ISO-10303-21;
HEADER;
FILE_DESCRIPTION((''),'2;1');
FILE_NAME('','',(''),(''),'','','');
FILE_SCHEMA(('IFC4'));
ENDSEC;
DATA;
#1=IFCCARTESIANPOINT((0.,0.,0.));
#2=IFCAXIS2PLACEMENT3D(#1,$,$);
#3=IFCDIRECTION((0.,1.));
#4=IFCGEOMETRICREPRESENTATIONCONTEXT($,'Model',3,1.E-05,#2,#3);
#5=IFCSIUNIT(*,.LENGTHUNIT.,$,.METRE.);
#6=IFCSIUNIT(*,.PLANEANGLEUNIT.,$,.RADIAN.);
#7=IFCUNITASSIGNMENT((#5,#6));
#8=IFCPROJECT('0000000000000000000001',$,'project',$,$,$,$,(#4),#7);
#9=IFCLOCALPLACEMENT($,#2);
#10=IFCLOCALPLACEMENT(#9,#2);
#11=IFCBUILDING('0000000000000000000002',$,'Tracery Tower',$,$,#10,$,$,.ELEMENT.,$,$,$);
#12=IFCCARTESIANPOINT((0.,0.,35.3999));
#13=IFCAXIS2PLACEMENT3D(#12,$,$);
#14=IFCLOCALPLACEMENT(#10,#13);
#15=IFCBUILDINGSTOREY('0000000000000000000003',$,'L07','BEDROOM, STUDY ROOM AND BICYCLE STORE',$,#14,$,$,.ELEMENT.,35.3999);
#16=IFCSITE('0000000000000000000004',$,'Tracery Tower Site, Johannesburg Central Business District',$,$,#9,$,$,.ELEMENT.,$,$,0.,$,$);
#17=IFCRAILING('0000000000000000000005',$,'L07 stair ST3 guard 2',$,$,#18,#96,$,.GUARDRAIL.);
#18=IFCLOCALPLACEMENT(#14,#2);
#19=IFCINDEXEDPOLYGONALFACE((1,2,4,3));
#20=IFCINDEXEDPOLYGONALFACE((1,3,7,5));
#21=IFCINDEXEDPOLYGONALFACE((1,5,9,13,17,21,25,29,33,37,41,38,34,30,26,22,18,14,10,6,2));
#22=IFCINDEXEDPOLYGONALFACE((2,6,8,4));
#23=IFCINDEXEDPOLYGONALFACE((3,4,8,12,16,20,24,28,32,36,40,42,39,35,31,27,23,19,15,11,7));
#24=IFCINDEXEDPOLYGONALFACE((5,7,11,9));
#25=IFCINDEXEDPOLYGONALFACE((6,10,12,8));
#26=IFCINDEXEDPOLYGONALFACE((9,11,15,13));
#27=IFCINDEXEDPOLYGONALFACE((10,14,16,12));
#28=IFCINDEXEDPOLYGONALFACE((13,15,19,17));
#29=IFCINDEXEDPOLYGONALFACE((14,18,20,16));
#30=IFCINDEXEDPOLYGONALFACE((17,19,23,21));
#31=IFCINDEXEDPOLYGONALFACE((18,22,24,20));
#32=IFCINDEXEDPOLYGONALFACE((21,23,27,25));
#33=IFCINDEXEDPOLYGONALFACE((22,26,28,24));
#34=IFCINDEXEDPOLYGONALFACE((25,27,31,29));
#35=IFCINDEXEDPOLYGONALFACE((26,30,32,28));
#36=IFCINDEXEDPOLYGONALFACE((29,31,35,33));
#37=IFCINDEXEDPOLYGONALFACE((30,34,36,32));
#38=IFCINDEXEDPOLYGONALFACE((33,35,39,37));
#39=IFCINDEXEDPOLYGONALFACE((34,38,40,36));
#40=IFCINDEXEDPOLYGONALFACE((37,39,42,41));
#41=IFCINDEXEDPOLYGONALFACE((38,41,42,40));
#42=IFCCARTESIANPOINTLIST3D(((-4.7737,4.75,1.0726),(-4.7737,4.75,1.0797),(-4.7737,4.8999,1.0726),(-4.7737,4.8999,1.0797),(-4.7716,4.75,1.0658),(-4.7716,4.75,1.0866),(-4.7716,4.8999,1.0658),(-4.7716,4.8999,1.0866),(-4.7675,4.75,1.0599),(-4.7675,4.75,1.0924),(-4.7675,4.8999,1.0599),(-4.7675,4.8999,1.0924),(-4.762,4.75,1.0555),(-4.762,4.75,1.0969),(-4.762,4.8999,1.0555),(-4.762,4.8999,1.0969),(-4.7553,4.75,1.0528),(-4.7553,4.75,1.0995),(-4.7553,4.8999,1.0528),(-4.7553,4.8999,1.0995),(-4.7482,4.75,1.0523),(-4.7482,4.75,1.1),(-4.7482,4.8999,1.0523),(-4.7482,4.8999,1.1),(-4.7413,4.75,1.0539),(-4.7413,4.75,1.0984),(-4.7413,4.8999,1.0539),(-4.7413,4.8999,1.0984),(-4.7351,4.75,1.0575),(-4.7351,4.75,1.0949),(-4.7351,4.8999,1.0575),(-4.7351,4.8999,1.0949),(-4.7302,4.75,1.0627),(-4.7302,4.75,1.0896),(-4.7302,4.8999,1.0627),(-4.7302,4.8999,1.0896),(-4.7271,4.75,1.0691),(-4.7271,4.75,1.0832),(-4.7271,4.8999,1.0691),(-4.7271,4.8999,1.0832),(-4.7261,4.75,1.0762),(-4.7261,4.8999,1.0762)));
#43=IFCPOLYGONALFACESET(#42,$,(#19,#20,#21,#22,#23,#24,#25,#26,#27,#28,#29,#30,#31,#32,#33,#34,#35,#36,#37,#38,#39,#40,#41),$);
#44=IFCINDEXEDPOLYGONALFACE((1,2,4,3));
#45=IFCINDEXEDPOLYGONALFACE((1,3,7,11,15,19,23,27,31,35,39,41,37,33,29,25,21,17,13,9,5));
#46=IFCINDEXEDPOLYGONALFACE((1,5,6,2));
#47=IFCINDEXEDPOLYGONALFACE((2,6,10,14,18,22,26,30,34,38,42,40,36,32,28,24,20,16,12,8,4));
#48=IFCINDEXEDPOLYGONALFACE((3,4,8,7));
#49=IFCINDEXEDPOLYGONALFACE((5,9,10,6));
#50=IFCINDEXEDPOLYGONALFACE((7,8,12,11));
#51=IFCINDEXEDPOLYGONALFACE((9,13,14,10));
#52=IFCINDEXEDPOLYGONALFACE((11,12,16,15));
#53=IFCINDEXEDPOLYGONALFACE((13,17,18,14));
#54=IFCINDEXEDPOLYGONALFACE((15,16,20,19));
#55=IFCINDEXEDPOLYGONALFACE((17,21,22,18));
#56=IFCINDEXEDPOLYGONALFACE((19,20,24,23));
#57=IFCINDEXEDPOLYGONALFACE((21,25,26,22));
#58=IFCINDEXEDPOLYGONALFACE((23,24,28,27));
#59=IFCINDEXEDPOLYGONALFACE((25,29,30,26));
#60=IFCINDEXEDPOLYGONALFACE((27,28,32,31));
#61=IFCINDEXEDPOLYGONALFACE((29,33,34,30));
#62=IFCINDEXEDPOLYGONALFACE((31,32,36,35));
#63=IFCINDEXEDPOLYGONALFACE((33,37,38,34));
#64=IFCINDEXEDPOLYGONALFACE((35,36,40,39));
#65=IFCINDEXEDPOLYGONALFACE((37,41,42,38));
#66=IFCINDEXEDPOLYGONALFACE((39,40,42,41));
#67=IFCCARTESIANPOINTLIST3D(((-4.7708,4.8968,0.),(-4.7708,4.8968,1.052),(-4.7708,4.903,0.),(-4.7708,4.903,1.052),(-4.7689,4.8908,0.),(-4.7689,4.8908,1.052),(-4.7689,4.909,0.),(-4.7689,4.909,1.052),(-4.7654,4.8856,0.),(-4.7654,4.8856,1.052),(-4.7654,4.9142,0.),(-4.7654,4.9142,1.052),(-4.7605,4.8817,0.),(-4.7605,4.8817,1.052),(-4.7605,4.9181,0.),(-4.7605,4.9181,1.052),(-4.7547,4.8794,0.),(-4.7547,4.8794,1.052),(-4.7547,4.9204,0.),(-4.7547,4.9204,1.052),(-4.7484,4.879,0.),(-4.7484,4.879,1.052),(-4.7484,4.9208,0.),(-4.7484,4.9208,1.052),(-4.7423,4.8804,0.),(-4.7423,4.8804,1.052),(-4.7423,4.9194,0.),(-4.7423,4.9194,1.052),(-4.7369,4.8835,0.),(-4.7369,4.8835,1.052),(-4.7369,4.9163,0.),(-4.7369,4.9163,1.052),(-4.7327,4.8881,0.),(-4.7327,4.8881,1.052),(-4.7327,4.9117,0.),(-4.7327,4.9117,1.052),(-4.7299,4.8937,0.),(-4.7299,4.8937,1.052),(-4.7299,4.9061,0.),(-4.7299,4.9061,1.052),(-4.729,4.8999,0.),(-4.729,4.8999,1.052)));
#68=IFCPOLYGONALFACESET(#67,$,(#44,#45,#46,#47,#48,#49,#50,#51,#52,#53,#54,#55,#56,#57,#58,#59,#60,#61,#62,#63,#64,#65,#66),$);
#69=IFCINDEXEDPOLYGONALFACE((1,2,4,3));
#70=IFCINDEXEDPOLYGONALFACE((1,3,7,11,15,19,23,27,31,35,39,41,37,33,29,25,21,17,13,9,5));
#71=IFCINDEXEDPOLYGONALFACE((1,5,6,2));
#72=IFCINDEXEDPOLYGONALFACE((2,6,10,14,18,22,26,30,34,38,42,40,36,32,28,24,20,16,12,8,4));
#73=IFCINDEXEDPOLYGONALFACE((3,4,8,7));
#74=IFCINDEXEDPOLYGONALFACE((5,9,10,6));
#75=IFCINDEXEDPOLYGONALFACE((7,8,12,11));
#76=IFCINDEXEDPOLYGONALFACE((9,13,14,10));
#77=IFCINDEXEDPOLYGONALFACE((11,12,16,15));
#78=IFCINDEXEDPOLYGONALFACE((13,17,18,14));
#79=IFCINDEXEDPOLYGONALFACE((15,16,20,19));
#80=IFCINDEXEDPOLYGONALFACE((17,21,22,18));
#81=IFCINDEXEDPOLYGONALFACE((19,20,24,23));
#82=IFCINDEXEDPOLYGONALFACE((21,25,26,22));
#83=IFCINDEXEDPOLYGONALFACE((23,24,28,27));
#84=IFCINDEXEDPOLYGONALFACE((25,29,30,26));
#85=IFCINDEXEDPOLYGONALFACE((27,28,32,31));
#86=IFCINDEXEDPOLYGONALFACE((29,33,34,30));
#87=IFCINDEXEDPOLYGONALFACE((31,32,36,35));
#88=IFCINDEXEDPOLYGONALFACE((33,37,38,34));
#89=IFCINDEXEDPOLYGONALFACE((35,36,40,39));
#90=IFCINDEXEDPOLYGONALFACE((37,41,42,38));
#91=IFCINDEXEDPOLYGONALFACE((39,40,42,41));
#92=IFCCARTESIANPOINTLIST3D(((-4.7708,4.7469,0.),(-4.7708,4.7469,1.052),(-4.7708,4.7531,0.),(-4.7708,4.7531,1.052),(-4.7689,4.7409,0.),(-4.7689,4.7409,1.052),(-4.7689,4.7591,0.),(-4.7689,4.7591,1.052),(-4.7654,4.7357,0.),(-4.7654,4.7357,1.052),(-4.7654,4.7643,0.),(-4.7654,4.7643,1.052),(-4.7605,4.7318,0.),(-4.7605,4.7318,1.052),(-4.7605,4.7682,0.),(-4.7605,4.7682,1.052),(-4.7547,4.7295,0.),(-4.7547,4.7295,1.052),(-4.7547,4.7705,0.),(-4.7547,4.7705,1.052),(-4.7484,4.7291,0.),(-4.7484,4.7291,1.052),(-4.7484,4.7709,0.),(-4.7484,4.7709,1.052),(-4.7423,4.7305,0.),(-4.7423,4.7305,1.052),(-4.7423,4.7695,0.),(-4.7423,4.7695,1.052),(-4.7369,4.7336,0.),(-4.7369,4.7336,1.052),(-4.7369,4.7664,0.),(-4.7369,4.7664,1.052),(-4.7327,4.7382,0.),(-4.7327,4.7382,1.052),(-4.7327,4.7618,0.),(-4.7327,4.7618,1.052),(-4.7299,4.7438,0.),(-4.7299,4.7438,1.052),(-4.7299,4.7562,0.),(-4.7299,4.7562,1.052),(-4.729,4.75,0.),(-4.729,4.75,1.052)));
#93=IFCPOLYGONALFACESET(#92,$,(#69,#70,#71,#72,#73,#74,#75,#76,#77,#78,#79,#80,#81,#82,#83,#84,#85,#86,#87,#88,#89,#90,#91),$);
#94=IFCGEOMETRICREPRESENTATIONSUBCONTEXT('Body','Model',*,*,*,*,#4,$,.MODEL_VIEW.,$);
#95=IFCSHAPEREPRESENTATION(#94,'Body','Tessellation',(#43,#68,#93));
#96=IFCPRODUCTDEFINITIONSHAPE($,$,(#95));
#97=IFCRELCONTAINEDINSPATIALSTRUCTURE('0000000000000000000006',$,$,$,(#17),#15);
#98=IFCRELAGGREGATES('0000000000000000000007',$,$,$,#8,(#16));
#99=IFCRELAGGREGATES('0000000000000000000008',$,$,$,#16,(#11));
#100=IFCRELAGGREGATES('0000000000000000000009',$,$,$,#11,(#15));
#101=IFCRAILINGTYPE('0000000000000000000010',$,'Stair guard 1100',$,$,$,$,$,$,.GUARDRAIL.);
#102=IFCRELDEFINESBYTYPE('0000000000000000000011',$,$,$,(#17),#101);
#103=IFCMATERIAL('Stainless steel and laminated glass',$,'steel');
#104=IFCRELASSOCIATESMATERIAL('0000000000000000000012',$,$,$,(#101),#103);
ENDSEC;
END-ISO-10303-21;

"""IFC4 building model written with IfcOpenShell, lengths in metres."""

from ifc_helpers import new_model, si_unit, direction, frame, origin, origin_2d, place, context, subcontext, project, spatial, circle, extrude, material, type_object, element, save


model = new_model("IFC4")

# Units and contexts
model_context = context("Model", 3, precision=1e-05, world=origin(), true_north=direction((0.0, 1.0)))
body_context = subcontext(model_context, "Body", "Model", "MODEL_VIEW")
ifc_project = project(units=[si_unit("LENGTHUNIT", "METRE"), si_unit("PLANEANGLEUNIT", "RADIAN")], contexts=[model_context])

# Site, building, storey
site_placement = place(None, origin())
site = spatial("IfcSite", under=ifc_project, at=site_placement, Name="Tracery Tower Site, Johannesburg Central Business District", CompositionType="ELEMENT", RefElevation=0.0)
building_placement = place(site_placement, origin())
building = spatial("IfcBuilding", under=site, at=building_placement, Name="Tracery Tower", CompositionType="ELEMENT")
storey_placement = place(building_placement, frame((0.0, 0.0, 35.3999)))
storey = spatial("IfcBuildingStorey", under=building, at=storey_placement, Name="L07", Description="BEDROOM, STUDY ROOM AND BICYCLE STORE", CompositionType="ELEMENT", Elevation=35.3999)

# Railing
ifc_material_1 = material(Name="Stainless steel and laminated glass", Category="steel")
railing_type_1 = type_object("IfcRailingType", Name="Stair guard 1100", PredefinedType="GUARDRAIL", material=ifc_material_1)
railing_1_placement = place(storey_placement, frame((-4.75, 4.8999, 0.0)))
element("IfcRailing", 1, at=railing_1_placement, inside=storey, type_object=railing_type_1, Name="L07 stair ST3 guard 2", PredefinedType="GUARDRAIL", context=body_context, shape_type="SweptSolid", body=[
    extrude(circle(Radius=0.0239, at=origin_2d()), frame((0.0, 0.0, 1.0762), z_axis=(0.0, -1.0, 0.0), x_axis=(1.0, 0.0, 0.0)), (0.0, 0.0, 1.0), 0.1499),
    extrude(circle(Radius=0.021, at=origin_2d()), origin(), (0.0, 0.0, 1.0), 1.052),
    extrude(circle(Radius=0.021, at=origin_2d()), frame((0.0, -0.1499, 0.0)), (0.0, 0.0, 1.0), 1.052),
])

save(model, "model.ifc")
